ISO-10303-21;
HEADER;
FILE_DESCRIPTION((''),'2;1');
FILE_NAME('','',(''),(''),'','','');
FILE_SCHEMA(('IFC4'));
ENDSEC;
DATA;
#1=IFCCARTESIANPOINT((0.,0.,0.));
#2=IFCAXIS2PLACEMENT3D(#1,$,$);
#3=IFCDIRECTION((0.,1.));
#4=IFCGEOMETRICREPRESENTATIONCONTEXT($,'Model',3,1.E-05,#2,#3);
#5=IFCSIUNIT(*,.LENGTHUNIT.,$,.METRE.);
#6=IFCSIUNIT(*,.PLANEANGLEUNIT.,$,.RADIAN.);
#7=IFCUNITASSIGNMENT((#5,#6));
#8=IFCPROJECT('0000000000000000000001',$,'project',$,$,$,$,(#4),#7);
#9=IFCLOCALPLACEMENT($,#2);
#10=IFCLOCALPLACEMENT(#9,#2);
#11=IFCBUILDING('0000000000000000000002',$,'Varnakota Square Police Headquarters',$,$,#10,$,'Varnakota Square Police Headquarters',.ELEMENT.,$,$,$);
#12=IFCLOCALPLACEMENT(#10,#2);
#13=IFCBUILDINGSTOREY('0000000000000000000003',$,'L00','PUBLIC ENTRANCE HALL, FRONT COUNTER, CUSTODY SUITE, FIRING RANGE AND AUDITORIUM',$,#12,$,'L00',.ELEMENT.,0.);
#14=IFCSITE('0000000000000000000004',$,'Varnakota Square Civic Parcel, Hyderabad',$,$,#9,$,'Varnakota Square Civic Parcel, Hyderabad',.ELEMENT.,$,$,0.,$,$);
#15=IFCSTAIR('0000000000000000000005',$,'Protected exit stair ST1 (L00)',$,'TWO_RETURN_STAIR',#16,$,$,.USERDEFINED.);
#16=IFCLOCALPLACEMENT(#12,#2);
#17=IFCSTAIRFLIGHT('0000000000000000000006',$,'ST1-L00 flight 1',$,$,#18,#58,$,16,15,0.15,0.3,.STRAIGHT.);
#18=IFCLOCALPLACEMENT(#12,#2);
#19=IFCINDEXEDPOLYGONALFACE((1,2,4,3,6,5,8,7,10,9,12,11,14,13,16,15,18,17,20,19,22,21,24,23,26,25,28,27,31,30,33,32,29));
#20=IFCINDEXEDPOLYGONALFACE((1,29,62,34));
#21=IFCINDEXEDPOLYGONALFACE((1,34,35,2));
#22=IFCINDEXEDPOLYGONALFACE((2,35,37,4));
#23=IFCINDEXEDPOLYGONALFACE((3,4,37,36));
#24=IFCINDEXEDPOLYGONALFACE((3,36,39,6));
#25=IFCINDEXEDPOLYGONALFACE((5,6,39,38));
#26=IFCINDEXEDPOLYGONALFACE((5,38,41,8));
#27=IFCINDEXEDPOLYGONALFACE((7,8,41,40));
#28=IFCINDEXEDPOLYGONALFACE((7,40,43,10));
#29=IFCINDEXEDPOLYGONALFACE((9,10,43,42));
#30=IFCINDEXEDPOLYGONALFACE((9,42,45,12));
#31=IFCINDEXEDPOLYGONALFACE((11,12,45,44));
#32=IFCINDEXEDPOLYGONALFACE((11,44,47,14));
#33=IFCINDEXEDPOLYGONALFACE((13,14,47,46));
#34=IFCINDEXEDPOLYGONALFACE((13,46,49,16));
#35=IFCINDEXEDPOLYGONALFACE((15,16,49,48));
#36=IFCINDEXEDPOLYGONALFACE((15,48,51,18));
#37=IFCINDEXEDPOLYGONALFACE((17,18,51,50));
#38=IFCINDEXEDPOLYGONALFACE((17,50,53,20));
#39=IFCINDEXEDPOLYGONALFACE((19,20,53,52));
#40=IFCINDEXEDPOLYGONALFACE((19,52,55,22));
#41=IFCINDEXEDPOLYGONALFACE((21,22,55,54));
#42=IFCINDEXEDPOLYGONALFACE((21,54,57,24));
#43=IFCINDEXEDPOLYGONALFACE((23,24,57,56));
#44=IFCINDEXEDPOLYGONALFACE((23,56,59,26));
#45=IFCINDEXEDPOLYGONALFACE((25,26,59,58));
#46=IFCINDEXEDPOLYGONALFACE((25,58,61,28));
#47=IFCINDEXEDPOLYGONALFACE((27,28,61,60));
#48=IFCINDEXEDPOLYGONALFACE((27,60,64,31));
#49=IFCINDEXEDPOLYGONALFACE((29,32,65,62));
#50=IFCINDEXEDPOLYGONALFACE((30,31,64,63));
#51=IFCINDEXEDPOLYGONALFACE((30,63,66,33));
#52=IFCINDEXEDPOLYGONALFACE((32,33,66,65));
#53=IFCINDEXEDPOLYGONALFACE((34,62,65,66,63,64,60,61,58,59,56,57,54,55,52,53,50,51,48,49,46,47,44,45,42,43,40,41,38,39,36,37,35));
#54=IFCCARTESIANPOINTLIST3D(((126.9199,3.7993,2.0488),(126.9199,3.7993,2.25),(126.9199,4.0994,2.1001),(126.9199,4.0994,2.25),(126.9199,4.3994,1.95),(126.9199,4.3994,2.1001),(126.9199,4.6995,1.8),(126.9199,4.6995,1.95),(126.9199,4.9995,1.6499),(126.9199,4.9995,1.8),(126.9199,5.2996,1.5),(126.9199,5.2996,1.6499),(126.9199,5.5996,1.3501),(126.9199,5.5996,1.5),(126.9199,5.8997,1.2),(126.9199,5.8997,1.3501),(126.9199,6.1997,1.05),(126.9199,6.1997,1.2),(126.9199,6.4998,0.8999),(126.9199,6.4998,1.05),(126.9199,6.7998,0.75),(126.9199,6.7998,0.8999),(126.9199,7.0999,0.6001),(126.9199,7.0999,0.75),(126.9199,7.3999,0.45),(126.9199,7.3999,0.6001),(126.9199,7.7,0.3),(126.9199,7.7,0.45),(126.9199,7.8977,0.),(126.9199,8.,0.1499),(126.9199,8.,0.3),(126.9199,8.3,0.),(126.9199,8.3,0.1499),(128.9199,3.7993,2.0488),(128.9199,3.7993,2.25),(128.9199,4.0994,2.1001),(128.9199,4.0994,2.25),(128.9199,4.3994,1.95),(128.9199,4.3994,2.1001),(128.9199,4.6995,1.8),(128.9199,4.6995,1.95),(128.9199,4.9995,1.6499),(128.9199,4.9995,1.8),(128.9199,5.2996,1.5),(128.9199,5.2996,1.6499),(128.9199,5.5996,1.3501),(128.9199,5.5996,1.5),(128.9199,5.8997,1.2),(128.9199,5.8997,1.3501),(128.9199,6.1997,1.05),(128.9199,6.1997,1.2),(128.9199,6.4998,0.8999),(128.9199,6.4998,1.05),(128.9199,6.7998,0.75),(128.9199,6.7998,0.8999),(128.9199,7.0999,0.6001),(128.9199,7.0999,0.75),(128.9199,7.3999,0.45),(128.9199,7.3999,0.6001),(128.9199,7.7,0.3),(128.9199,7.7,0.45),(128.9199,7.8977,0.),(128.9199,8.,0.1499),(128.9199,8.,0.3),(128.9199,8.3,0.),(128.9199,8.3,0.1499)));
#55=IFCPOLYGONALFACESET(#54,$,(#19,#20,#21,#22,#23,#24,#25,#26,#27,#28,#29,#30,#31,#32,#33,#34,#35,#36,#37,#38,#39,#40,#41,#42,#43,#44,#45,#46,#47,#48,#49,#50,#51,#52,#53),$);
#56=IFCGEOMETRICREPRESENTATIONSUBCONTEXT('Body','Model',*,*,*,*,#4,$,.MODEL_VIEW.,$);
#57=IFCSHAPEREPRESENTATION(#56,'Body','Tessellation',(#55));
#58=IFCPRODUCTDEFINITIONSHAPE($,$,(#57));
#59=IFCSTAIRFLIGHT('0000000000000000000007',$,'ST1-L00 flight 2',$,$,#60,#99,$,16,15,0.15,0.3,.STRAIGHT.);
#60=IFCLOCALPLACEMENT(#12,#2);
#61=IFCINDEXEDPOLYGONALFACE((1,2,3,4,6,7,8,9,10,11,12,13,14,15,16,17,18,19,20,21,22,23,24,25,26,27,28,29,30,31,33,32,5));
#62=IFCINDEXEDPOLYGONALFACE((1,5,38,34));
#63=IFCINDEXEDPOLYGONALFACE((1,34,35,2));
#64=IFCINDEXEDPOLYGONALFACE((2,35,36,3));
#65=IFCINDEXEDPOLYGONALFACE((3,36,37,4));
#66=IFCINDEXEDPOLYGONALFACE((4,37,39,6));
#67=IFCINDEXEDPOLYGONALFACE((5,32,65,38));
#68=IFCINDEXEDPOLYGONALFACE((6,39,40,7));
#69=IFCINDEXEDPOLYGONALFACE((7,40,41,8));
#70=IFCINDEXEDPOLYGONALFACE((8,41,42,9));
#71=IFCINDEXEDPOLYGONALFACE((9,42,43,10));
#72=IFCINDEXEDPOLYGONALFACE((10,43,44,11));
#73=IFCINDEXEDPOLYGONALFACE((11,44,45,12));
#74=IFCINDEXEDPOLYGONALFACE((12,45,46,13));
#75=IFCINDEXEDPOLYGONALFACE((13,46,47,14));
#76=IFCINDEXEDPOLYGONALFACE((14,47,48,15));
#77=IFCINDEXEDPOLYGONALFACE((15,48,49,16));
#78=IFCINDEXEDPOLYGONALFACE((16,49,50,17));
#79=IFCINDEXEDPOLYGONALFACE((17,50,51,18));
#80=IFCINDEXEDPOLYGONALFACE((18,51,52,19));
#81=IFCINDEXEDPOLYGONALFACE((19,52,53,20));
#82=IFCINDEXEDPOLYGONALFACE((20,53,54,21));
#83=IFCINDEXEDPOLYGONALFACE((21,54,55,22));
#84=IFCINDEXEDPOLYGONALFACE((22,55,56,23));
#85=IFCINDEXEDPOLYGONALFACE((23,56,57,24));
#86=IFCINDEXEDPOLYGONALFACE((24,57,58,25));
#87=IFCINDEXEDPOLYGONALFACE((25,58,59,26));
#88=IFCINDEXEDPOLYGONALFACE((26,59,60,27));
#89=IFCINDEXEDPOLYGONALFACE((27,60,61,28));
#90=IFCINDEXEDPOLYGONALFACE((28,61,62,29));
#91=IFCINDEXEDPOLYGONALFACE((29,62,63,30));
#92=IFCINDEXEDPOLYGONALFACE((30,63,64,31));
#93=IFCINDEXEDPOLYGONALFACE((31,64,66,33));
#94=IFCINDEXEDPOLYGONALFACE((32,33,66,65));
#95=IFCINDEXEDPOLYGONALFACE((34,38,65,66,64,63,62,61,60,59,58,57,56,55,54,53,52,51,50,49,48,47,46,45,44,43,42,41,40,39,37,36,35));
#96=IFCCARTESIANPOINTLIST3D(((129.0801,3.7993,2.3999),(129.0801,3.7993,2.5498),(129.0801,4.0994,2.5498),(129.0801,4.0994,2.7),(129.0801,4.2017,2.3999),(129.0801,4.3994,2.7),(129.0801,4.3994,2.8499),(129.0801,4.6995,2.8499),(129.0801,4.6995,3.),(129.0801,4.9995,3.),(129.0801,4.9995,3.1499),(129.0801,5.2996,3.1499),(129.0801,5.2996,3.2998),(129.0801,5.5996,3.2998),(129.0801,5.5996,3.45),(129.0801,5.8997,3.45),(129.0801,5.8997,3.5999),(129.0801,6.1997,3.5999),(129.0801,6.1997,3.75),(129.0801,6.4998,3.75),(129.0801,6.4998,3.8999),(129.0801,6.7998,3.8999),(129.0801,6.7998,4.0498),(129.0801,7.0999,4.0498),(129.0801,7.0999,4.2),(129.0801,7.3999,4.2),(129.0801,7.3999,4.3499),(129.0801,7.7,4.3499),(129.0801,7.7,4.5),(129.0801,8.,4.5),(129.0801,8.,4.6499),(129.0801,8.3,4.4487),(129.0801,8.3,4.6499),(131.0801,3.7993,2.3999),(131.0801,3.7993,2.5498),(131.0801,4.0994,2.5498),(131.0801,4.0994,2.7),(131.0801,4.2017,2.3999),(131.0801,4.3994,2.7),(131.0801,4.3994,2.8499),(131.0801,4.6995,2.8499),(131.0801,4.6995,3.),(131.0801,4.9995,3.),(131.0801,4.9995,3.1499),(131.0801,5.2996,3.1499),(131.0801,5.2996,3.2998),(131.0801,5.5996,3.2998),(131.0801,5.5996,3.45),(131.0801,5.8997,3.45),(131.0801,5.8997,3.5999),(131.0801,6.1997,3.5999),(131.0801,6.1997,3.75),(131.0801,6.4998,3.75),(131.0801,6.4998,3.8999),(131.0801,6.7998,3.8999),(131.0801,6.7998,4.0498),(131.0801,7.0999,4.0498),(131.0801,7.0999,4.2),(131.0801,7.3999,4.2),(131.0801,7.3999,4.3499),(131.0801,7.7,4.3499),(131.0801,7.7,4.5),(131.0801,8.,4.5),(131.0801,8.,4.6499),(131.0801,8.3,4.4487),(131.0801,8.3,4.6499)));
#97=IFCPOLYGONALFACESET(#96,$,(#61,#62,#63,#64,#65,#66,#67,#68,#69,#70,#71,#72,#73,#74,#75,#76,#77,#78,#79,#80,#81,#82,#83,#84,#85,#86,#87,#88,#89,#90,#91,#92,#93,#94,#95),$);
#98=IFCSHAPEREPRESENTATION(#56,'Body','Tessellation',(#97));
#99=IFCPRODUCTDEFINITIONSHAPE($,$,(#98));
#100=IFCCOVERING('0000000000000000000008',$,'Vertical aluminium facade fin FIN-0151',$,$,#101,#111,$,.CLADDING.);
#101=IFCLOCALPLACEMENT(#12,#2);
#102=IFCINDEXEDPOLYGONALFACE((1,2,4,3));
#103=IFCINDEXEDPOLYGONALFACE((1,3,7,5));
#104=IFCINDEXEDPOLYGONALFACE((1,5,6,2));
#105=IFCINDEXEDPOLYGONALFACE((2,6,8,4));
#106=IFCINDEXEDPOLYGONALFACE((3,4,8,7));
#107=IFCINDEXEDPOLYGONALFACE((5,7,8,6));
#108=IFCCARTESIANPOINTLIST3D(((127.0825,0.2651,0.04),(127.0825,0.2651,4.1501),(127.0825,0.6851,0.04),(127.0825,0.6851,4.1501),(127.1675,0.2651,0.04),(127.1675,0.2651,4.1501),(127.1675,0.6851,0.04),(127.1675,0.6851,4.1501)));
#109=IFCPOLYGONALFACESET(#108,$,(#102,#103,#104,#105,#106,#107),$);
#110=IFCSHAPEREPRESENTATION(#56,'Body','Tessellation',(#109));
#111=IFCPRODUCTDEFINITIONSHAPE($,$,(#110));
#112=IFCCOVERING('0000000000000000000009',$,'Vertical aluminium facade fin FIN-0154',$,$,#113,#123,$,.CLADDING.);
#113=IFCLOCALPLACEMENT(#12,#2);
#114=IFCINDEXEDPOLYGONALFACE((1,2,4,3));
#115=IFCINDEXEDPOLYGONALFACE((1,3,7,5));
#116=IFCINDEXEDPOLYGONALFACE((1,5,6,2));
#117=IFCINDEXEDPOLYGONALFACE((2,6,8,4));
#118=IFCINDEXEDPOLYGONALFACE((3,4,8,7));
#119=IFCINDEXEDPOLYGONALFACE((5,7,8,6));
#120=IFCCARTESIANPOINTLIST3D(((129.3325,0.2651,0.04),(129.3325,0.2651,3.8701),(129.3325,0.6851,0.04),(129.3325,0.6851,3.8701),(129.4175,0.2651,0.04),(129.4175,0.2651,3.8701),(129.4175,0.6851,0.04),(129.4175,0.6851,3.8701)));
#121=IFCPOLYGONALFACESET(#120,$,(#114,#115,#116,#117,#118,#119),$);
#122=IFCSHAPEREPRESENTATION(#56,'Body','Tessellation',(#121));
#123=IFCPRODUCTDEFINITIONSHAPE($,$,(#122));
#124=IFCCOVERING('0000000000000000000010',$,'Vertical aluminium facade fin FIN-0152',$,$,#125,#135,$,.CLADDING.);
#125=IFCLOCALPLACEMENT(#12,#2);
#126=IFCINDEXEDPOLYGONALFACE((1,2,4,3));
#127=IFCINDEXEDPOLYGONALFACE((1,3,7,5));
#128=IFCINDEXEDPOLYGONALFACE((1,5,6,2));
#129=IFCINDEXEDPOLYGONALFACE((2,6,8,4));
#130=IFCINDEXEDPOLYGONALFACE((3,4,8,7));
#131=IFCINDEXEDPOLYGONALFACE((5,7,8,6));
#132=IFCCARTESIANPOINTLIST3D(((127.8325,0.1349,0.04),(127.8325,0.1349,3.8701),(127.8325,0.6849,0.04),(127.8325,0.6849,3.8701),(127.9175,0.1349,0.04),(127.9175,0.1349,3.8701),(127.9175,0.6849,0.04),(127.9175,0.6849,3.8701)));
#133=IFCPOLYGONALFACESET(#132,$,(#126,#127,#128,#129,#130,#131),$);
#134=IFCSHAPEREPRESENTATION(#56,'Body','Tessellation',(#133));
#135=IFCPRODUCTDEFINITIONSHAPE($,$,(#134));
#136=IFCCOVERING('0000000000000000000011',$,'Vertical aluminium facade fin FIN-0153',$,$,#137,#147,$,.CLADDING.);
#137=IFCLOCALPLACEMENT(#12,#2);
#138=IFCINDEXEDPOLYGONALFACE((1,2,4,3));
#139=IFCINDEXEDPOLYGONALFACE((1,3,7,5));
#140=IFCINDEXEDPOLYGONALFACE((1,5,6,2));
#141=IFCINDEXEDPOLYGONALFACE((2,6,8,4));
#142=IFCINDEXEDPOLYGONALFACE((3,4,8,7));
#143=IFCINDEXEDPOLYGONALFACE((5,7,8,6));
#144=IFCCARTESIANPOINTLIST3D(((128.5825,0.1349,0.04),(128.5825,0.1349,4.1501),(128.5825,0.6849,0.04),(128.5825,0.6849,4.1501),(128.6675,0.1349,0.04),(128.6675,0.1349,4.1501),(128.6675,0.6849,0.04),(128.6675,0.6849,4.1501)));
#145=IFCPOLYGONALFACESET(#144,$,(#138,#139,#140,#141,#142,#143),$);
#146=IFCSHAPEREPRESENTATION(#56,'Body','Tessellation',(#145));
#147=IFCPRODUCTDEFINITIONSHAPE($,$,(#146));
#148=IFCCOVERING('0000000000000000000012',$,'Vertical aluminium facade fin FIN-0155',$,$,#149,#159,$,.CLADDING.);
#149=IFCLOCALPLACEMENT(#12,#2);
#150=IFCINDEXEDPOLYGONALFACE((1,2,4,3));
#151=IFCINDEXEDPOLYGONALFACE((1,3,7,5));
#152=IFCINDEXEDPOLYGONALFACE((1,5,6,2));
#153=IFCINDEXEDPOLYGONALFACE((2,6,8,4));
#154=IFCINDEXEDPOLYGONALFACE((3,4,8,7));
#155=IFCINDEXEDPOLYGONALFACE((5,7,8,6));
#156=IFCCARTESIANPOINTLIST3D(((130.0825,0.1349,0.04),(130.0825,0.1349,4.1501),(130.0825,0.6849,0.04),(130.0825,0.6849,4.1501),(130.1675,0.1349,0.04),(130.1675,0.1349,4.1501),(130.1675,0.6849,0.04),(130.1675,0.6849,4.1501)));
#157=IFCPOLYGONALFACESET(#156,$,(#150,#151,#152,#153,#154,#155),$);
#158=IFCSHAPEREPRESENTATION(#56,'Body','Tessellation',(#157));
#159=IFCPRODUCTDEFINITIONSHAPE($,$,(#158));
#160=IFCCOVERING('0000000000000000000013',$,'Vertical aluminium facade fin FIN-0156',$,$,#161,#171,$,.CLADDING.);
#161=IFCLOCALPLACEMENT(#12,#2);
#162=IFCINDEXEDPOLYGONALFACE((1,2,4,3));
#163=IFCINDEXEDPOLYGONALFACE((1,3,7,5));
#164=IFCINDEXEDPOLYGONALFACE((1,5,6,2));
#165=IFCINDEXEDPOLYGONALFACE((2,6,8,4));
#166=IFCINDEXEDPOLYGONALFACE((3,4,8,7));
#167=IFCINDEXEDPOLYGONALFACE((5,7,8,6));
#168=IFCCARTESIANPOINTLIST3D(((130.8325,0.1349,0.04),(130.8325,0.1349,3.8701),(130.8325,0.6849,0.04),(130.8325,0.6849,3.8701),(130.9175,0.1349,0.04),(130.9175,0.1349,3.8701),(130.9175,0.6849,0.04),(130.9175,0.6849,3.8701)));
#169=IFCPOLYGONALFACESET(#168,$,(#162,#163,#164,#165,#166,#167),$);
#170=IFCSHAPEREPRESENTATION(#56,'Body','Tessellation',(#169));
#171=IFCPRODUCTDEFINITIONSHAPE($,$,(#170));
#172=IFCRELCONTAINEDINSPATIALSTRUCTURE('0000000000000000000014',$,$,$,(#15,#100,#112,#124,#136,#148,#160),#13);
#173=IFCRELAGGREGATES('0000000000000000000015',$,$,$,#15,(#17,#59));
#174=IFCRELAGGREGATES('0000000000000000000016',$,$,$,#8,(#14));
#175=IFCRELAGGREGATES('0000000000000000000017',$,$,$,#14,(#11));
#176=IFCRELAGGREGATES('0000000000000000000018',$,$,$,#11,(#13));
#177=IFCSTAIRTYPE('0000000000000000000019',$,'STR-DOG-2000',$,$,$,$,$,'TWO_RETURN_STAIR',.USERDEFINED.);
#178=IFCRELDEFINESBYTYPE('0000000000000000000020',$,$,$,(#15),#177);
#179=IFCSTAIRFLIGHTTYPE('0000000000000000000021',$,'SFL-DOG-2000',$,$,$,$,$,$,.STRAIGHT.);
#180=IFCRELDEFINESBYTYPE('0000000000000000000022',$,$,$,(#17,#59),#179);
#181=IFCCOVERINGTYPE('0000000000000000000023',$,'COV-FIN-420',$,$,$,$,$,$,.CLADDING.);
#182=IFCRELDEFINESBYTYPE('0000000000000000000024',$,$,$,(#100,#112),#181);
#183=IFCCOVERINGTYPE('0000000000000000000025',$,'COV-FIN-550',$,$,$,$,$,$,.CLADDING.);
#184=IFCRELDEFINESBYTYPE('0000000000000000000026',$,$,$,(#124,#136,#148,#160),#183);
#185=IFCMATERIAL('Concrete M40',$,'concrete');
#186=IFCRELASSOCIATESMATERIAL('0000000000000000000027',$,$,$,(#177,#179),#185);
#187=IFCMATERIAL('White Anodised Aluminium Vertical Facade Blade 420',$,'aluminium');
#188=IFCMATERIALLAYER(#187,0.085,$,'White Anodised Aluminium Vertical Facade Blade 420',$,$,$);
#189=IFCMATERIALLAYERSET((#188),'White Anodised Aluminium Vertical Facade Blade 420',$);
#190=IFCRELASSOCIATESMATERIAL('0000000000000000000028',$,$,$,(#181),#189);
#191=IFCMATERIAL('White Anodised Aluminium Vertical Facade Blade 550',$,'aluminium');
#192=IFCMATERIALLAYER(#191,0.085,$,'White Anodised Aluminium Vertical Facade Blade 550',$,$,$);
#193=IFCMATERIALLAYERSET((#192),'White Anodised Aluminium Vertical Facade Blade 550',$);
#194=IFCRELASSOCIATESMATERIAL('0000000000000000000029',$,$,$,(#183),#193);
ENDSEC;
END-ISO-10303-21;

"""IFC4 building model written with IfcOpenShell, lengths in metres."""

from ifc_helpers import new_model, si_unit, direction, frame, origin, origin_2d, place, context, subcontext, project, spatial, polyline, rectangle, outline, extrude, material, layer, layer_set, type_object, element, aggregate, save


model = new_model("IFC4")

# Units and contexts
model_context = context("Model", 3, precision=1e-05, world=origin(), true_north=direction((0.0, 1.0)))
body_context = subcontext(model_context, "Body", "Model", "MODEL_VIEW")
ifc_project = project(units=[si_unit("LENGTHUNIT", "METRE"), si_unit("PLANEANGLEUNIT", "RADIAN")], contexts=[model_context])

# Site, building, storey
site_placement = place(None, origin())
site = spatial("IfcSite", under=ifc_project, at=site_placement, Name="Varnakota Square Civic Parcel, Hyderabad", LongName="Varnakota Square Civic Parcel, Hyderabad", CompositionType="ELEMENT", RefElevation=0.0)
building_placement = place(site_placement, origin())
building = spatial("IfcBuilding", under=site, at=building_placement, Name="Varnakota Square Police Headquarters", LongName="Varnakota Square Police Headquarters", CompositionType="ELEMENT")
storey_placement = place(building_placement, origin())
storey = spatial("IfcBuildingStorey", under=building, at=storey_placement, Name="L00", Description="PUBLIC ENTRANCE HALL, FRONT COUNTER, CUSTODY SUITE, FIRING RANGE AND AUDITORIUM", LongName="L00", CompositionType="ELEMENT", Elevation=0.0)

# Shared definitions
ifc_material_1 = material(Name="Concrete M40", Category="concrete")

# Stair, stair flights
stair_type = type_object("IfcStairType", Name="STR-DOG-2000", ElementType="TWO_RETURN_STAIR", PredefinedType="USERDEFINED", material=ifc_material_1)
stair_placement = place(storey_placement, origin())
stair = element("IfcStair", 1, at=stair_placement, inside=storey, type_object=stair_type, Name="Protected exit stair ST1 (L00)", ObjectType="TWO_RETURN_STAIR", PredefinedType="USERDEFINED")
stair_flight_type = type_object("IfcStairFlightType", Name="SFL-DOG-2000", PredefinedType="STRAIGHT", material=ifc_material_1)
stair_flight_1_placement = place(storey_placement, frame((127.9199, 8.3, 0.0), z_axis=(0.0, 0.0, 1.0), x_axis=(0.0, -1.0, 0.0)))
stair_flight_1 = element("IfcStairFlight", 2, at=stair_flight_1_placement, type_object=stair_flight_type, Name="ST1-L00 flight 1", NumberOfRisers=16, NumberOfTreads=15, PredefinedType="STRAIGHT", RiserHeight=0.15, TreadLength=0.3, context=body_context, shape_type="SweptSolid", body=[
    extrude(outline(polyline([(0.0, 0.0), (0.0, 0.1499), (0.3, 0.1499), (0.3, 0.3), (0.6001, 0.3), (0.6001, 0.45), (0.9001, 0.45), (0.9001, 0.6001), (1.2002, 0.6001), (1.2002, 0.75), (1.5002, 0.75), (1.5002, 0.8999), (1.8003, 0.8999), (1.8003, 1.05), (2.1003, 1.05), (2.1003, 1.2), (2.4004, 1.2), (2.4004, 1.3501), (2.7004, 1.3501), (2.7004, 1.5), (3.0005, 1.5), (3.0005, 1.6499), (3.3005, 1.6499), (3.3005, 1.8), (3.6006, 1.8), (3.6006, 1.95), (3.9006, 1.95), (3.9006, 2.1001), (4.2007, 2.1001), (4.2007, 2.25), (4.5007, 2.25), (4.5007, 2.3999), (4.5007, 2.0488), (0.4023, 0.0), (0.0, 0.0)])), frame((0.0, 1.0, 0.0), z_axis=(0.0, -1.0, 0.0), x_axis=(1.0, 0.0, 0.0)), (0.0, 0.0, 1.0), 2.0),
])
stair_flight_2_placement = place(storey_placement, frame((130.0801, 3.7993, 2.3999), z_axis=(0.0, 0.0, 1.0), x_axis=(0.0, 1.0, 0.0)))
stair_flight_2 = element("IfcStairFlight", 3, at=stair_flight_2_placement, type_object=stair_flight_type, Name="ST1-L00 flight 2", NumberOfRisers=16, NumberOfTreads=15, PredefinedType="STRAIGHT", RiserHeight=0.15, TreadLength=0.3, context=body_context, shape_type="SweptSolid", body=[
    extrude(outline(polyline([(0.0, 0.0), (0.0, 0.1499), (0.3, 0.1499), (0.3, 0.3), (0.6001, 0.3), (0.6001, 0.45), (0.9001, 0.45), (0.9001, 0.6001), (1.2002, 0.6001), (1.2002, 0.75), (1.5002, 0.75), (1.5002, 0.8999), (1.8003, 0.8999), (1.8003, 1.05), (2.1003, 1.05), (2.1003, 1.2), (2.4004, 1.2), (2.4004, 1.3501), (2.7004, 1.3501), (2.7004, 1.5), (3.0005, 1.5), (3.0005, 1.6499), (3.3005, 1.6499), (3.3005, 1.8), (3.6006, 1.8), (3.6006, 1.95), (3.9006, 1.95), (3.9006, 2.1001), (4.2007, 2.1001), (4.2007, 2.25), (4.5007, 2.25), (4.5007, 2.3999), (4.5007, 2.0488), (0.4023, 0.0), (0.0, 0.0)])), frame((0.0, 1.0, 0.0), z_axis=(0.0, -1.0, 0.0), x_axis=(1.0, 0.0, 0.0)), (0.0, 0.0, 1.0), 2.0),
])
aggregate(stair, [stair_flight_1, stair_flight_2])

# Coverings
ifc_material_2 = material(Name="White Anodised Aluminium Vertical Facade Blade 420", Category="aluminium")
ifc_layer_1 = layer(ifc_material_2, 0.085, Name="White Anodised Aluminium Vertical Facade Blade 420")
ifc_layer_set_1 = layer_set([ifc_layer_1], Name="White Anodised Aluminium Vertical Facade Blade 420")
covering_type_1 = type_object("IfcCoveringType", Name="COV-FIN-420", PredefinedType="CLADDING", material=ifc_layer_set_1)
covering_1_placement = place(storey_placement, frame((127.125, 0.4751, 0.04), z_axis=(0.0, 0.0, 1.0), x_axis=(1.0, 0.0, 0.0)))
element("IfcCovering", 4, at=covering_1_placement, inside=storey, type_object=covering_type_1, Name="Vertical aluminium facade fin FIN-0151", PredefinedType="CLADDING", context=body_context, shape_type="SweptSolid", body=[
    extrude(rectangle(XDim=0.085, YDim=0.4199, at=origin_2d()), origin(), (0.0, 0.0, 1.0), 4.1101),
])
covering_2_placement = place(storey_placement, frame((129.375, 0.4751, 0.04), z_axis=(0.0, 0.0, 1.0), x_axis=(1.0, 0.0, 0.0)))
element("IfcCovering", 5, at=covering_2_placement, inside=storey, type_object=covering_type_1, Name="Vertical aluminium facade fin FIN-0154", PredefinedType="CLADDING", context=body_context, shape_type="SweptSolid", body=[
    extrude(rectangle(XDim=0.085, YDim=0.4199, at=origin_2d()), origin(), (0.0, 0.0, 1.0), 3.8301),
])
ifc_material_3 = material(Name="White Anodised Aluminium Vertical Facade Blade 550", Category="aluminium")
ifc_layer_2 = layer(ifc_material_3, 0.085, Name="White Anodised Aluminium Vertical Facade Blade 550")
ifc_layer_set_2 = layer_set([ifc_layer_2], Name="White Anodised Aluminium Vertical Facade Blade 550")
covering_type_2 = type_object("IfcCoveringType", Name="COV-FIN-550", PredefinedType="CLADDING", material=ifc_layer_set_2)
covering_3_placement = place(storey_placement, frame((127.875, 0.4099, 0.04), z_axis=(0.0, 0.0, 1.0), x_axis=(1.0, 0.0, 0.0)))
element("IfcCovering", 6, at=covering_3_placement, inside=storey, type_object=covering_type_2, Name="Vertical aluminium facade fin FIN-0152", PredefinedType="CLADDING", context=body_context, shape_type="SweptSolid", body=[
    extrude(rectangle(XDim=0.085, YDim=0.55, at=origin_2d()), origin(), (0.0, 0.0, 1.0), 3.8301),
])
for number, where, z_axis, x_axis, name in (
    (7, (128.625, 0.4099, 0.04), (0.0, 0.0, 1.0), (1.0, 0.0, 0.0), "Vertical aluminium facade fin FIN-0153"),
    (8, (130.125, 0.4099, 0.04), (0.0, 0.0, 1.0), (1.0, 0.0, 0.0), "Vertical aluminium facade fin FIN-0155"),
):
    element("IfcCovering", number, at=place(storey_placement, frame(where, z_axis=z_axis, x_axis=x_axis)), inside=storey, type_object=covering_type_2, Name=name, PredefinedType="CLADDING", context=body_context, shape_type="SweptSolid", body=[
        extrude(rectangle(XDim=0.085, YDim=0.55, at=origin_2d()), origin(), (0.0, 0.0, 1.0), 4.1101),
    ])
covering_4_placement = place(storey_placement, frame((130.875, 0.4099, 0.04), z_axis=(0.0, 0.0, 1.0), x_axis=(1.0, 0.0, 0.0)))
element("IfcCovering", 9, at=covering_4_placement, inside=storey, type_object=covering_type_2, Name="Vertical aluminium facade fin FIN-0156", PredefinedType="CLADDING", context=body_context, shape_type="SweptSolid", body=[
    extrude(rectangle(XDim=0.085, YDim=0.55, at=origin_2d()), origin(), (0.0, 0.0, 1.0), 3.8301),
])

save(model, "model.ifc")
